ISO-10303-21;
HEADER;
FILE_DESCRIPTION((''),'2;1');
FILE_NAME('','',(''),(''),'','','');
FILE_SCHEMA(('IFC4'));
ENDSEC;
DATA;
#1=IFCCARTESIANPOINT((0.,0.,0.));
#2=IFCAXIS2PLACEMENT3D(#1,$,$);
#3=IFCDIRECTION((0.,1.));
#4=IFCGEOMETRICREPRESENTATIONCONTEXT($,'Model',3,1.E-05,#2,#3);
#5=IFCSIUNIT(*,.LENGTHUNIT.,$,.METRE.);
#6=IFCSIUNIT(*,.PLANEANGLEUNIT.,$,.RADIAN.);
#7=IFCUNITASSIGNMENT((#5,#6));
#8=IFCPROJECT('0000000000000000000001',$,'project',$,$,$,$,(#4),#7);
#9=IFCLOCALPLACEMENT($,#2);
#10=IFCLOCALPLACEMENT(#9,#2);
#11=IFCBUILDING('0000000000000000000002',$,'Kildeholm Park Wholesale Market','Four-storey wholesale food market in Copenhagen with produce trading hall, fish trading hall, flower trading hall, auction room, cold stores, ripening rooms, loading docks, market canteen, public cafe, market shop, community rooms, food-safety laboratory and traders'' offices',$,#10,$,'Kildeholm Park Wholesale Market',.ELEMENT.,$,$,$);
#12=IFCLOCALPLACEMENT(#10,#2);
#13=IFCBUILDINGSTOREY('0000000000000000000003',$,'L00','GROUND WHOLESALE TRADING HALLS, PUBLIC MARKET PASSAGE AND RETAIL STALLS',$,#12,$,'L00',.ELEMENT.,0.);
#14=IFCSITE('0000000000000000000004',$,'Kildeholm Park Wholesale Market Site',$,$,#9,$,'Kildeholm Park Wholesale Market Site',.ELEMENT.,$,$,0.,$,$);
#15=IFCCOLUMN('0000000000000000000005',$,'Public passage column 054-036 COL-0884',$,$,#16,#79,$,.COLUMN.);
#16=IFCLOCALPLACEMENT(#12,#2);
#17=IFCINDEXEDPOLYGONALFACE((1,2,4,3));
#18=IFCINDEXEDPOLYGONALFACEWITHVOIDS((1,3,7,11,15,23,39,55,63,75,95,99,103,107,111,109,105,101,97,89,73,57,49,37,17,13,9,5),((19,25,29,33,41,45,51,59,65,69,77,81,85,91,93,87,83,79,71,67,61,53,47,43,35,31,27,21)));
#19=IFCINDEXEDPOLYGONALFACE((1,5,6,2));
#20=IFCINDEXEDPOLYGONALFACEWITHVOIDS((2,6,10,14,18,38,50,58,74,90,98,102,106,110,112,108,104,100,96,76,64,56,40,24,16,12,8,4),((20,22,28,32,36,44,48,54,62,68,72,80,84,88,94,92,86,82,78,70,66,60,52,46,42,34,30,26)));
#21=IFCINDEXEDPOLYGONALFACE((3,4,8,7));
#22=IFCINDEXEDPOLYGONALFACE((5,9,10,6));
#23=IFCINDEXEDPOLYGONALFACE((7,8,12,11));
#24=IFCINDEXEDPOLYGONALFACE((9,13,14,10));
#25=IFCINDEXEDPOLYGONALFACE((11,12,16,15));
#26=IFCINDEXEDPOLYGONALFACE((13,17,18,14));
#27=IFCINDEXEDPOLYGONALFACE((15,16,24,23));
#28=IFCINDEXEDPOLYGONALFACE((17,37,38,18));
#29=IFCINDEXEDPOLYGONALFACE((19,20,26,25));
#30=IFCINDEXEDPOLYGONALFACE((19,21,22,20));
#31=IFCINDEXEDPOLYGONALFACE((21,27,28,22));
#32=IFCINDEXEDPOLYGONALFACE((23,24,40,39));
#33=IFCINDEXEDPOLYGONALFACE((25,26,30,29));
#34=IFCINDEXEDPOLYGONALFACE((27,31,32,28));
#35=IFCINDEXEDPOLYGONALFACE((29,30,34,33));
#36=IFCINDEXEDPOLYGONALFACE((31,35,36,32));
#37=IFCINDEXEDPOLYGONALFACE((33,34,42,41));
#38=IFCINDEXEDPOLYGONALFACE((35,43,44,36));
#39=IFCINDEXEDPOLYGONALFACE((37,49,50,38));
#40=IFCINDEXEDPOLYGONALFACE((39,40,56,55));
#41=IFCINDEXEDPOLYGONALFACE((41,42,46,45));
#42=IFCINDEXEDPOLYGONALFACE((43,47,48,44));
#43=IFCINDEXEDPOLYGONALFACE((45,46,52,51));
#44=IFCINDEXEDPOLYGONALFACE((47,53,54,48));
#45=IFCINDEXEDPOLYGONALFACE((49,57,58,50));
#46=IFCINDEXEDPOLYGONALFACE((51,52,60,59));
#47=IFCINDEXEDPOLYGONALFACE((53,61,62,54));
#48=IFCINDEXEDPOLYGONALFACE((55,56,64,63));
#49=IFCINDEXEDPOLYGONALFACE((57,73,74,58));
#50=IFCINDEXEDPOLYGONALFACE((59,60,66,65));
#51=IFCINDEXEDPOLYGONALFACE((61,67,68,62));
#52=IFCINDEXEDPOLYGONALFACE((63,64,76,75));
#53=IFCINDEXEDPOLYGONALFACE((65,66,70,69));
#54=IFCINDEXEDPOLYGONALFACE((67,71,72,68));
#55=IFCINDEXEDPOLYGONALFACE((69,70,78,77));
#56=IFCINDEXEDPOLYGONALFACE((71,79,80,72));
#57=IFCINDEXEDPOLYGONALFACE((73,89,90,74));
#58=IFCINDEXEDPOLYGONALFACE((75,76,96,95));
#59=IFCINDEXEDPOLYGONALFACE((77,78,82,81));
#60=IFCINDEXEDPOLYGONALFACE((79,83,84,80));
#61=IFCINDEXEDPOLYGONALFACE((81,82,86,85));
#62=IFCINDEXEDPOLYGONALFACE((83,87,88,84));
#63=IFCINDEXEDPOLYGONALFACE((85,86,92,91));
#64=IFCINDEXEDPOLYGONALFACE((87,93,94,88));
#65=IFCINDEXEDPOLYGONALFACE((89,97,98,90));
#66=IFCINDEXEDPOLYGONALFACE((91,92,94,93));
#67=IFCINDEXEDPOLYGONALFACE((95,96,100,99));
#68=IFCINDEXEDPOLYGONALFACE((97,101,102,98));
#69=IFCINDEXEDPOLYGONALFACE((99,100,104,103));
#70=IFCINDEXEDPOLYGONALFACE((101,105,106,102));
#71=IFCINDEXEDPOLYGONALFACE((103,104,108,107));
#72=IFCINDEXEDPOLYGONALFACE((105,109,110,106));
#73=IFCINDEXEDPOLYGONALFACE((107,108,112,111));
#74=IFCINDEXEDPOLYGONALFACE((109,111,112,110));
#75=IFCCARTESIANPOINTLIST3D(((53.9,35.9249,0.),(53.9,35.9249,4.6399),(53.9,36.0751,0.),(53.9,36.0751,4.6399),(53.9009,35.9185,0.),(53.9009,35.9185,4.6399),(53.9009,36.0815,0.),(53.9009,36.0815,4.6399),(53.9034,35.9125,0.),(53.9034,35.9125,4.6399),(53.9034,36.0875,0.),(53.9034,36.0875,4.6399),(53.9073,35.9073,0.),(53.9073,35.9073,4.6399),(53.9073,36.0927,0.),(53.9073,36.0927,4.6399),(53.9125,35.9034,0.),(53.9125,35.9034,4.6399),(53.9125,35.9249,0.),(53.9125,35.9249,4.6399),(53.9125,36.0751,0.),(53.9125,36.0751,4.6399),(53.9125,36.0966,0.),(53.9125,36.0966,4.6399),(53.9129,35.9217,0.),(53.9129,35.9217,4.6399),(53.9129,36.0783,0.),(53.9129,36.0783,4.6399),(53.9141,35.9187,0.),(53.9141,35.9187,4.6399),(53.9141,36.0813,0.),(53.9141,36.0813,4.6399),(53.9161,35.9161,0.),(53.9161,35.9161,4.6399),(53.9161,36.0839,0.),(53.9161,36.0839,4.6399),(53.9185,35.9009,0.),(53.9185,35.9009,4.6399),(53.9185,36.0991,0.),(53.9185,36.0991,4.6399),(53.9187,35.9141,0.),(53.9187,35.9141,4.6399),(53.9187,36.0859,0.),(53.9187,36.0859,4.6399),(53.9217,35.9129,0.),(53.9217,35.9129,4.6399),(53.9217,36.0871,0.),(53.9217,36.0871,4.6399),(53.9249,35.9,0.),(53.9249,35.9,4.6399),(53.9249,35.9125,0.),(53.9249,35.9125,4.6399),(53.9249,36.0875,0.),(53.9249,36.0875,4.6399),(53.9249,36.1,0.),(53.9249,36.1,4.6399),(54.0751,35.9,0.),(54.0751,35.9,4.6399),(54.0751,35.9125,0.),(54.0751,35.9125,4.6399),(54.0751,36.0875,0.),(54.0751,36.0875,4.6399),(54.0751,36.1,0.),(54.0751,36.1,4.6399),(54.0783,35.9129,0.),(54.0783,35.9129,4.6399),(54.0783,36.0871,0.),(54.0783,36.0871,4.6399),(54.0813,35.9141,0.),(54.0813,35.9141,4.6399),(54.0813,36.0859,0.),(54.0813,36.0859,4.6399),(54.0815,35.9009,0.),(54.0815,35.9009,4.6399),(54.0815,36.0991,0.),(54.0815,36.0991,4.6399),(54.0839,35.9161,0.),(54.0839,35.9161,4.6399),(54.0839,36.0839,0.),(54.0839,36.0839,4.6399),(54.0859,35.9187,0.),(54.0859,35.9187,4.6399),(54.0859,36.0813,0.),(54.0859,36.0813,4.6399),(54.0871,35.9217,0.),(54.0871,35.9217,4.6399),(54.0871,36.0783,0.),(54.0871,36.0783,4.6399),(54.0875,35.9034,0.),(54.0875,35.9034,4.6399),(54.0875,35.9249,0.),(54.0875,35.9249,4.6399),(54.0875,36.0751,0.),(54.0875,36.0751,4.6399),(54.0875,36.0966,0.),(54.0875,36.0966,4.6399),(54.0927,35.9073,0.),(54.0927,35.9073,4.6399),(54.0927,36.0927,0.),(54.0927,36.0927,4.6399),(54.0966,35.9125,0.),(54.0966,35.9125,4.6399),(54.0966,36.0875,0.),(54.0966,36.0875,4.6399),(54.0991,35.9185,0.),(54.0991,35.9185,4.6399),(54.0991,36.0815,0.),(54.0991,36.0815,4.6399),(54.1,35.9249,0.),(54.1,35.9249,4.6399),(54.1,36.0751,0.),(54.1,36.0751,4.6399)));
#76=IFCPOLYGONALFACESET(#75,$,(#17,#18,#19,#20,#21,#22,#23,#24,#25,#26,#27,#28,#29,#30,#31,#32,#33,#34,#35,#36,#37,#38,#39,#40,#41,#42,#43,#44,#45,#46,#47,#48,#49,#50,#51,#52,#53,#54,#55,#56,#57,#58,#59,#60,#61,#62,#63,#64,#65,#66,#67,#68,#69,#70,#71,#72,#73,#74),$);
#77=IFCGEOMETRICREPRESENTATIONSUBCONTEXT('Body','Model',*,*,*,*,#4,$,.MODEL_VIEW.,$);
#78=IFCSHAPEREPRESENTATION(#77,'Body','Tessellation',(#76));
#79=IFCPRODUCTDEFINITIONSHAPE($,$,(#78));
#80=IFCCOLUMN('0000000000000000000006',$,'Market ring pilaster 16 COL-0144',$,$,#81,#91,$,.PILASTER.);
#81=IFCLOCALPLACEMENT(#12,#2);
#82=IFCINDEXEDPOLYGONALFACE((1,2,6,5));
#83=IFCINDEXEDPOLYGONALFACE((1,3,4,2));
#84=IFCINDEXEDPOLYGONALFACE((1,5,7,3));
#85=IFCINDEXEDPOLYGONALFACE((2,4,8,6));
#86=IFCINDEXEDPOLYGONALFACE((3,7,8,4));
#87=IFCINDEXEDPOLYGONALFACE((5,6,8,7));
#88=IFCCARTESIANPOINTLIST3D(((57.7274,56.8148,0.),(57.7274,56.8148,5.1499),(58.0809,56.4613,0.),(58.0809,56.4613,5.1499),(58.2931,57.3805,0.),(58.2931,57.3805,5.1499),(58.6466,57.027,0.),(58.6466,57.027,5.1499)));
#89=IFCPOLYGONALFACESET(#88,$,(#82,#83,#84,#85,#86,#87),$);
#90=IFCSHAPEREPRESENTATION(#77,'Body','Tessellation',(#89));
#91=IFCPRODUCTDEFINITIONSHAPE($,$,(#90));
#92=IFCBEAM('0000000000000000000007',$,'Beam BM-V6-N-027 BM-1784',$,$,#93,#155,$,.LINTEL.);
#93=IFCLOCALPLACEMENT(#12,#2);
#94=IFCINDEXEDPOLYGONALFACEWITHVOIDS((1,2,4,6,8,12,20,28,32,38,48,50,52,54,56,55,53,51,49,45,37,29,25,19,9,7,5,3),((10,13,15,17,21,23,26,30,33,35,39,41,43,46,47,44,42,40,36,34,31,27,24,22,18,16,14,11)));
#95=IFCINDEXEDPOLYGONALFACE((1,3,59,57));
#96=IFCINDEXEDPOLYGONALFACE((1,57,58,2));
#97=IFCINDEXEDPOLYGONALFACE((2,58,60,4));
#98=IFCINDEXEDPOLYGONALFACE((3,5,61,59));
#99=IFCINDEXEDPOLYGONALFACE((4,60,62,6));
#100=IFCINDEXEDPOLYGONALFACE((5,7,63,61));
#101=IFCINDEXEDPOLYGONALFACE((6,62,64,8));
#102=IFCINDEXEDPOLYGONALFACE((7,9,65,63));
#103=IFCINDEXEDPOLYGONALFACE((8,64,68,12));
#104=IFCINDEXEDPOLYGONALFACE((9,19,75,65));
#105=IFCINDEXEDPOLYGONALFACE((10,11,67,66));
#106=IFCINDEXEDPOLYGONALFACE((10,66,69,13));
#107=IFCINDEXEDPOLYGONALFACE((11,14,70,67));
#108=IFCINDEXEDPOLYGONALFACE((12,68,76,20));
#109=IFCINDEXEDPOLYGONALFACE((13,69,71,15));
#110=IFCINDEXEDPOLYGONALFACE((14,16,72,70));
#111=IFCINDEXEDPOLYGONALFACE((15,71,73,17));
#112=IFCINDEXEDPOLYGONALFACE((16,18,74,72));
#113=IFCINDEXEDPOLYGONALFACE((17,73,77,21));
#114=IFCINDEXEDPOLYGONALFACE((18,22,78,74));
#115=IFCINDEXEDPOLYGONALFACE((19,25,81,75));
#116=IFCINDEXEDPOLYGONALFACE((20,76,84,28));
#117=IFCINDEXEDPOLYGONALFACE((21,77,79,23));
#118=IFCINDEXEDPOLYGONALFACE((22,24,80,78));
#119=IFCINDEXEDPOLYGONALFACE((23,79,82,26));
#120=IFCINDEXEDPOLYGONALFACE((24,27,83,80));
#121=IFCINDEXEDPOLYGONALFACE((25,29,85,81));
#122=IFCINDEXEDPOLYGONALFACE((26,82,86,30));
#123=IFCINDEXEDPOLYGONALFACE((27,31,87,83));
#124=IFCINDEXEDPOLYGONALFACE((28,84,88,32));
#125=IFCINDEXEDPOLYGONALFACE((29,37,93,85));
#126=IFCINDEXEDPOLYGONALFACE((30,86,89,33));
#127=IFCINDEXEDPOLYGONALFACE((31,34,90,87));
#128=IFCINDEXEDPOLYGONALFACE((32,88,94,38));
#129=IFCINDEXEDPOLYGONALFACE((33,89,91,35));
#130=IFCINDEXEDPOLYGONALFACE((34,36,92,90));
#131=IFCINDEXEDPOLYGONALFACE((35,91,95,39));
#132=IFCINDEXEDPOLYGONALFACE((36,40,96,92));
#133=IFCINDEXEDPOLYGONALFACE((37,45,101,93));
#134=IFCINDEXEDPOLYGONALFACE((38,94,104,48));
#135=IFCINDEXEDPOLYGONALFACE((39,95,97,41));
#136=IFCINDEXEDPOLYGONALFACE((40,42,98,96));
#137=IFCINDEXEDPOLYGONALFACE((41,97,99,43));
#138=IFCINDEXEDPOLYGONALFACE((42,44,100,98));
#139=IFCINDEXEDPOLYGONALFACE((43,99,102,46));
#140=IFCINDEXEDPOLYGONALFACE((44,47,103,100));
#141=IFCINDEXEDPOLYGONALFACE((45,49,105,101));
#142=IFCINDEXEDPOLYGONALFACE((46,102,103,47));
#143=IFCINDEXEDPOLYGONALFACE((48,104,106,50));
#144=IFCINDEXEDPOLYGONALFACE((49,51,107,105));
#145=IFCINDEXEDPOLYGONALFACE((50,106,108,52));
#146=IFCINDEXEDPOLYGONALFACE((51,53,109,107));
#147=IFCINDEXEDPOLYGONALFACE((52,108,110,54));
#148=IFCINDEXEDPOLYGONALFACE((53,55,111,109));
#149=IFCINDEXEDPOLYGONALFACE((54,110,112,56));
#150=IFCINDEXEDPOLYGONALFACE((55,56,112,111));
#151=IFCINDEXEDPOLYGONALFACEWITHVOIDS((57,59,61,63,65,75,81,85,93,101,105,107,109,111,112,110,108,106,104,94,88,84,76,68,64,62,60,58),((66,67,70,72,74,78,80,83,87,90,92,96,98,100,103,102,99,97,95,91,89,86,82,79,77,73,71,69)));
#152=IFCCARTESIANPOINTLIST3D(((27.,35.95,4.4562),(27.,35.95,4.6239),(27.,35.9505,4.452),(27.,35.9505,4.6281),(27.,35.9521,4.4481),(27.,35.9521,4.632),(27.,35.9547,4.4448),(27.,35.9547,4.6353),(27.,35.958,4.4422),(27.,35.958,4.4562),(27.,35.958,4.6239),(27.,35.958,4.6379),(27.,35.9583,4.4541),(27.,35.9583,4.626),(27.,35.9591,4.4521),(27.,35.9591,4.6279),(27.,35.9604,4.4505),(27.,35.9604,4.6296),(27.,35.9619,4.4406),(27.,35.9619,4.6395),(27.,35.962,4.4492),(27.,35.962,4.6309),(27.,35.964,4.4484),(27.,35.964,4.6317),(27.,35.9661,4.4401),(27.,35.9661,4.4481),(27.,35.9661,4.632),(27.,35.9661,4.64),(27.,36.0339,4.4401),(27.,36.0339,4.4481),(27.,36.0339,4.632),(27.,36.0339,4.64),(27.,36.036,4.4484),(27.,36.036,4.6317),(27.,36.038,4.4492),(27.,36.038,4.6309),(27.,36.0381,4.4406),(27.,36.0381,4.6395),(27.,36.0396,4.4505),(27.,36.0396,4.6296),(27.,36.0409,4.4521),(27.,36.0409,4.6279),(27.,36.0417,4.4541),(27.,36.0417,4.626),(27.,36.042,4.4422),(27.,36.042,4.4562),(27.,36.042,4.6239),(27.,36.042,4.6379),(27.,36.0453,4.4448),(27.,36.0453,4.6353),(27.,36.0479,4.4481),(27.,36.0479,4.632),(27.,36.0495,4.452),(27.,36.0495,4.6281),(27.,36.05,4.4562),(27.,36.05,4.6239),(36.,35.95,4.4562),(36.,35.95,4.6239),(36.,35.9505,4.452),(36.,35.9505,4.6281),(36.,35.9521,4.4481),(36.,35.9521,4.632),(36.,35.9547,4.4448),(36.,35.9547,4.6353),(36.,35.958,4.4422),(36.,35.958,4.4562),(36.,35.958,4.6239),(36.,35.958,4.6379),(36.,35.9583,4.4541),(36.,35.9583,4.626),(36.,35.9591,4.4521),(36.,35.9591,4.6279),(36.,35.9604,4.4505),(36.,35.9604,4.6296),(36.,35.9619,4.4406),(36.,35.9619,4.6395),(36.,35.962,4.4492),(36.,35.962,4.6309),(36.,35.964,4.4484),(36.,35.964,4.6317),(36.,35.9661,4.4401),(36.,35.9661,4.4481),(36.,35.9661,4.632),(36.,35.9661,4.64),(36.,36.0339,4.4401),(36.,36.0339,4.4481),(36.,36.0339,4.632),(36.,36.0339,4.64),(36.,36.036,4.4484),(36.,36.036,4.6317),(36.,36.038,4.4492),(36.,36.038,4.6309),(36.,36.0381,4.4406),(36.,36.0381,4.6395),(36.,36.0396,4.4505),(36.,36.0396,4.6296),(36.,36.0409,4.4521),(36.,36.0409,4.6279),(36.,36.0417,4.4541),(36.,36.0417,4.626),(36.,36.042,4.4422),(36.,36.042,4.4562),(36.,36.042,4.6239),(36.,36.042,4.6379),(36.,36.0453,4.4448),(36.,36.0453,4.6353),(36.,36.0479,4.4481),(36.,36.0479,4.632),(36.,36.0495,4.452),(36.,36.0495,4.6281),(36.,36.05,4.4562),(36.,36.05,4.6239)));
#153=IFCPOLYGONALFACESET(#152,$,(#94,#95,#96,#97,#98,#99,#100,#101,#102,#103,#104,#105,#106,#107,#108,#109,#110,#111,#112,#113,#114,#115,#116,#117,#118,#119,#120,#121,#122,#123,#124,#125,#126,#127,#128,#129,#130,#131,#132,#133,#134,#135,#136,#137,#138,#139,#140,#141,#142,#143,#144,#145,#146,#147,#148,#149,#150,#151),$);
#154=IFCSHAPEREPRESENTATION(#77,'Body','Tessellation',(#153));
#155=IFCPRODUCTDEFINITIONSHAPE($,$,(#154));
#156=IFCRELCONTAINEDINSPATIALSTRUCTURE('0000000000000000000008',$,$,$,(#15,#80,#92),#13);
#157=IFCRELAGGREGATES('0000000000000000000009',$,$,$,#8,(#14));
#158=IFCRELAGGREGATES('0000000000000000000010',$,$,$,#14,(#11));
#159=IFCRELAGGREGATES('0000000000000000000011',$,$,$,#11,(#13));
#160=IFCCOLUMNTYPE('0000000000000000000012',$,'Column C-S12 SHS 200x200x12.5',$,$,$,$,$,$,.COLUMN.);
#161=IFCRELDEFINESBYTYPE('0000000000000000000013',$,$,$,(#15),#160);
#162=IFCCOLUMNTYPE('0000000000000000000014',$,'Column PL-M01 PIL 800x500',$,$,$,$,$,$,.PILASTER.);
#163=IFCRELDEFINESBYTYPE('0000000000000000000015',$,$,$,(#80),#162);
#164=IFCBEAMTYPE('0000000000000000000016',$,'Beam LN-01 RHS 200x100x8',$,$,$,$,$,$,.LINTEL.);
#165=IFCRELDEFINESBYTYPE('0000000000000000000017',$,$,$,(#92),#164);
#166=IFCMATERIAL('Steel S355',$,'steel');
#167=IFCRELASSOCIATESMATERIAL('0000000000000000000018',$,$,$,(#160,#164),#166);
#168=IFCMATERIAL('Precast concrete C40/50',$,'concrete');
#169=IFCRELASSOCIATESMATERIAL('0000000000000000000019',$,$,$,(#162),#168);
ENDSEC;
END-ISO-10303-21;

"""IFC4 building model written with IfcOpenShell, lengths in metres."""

from ifc_helpers import new_model, si_unit, direction, frame, origin, origin_2d, place, context, subcontext, project, spatial, rectangle, hollow_rectangle, extrude, material, material_profile, profile_set, type_object, element, save


model = new_model("IFC4")

# Units and contexts
model_context = context("Model", 3, precision=1e-05, world=origin(), true_north=direction((0.0, 1.0)))
body_context = subcontext(model_context, "Body", "Model", "MODEL_VIEW")
ifc_project = project(units=[si_unit("LENGTHUNIT", "METRE"), si_unit("PLANEANGLEUNIT", "RADIAN")], contexts=[model_context])

# Site, building, storey
site_placement = place(None, origin())
site = spatial("IfcSite", under=ifc_project, at=site_placement, Name="Kildeholm Park Wholesale Market Site", LongName="Kildeholm Park Wholesale Market Site", CompositionType="ELEMENT", RefElevation=0.0)
building_placement = place(site_placement, origin())
building = spatial("IfcBuilding", under=site, at=building_placement, Name="Kildeholm Park Wholesale Market", Description="Four-storey wholesale food market in Copenhagen with produce trading hall, fish trading hall, flower trading hall, auction room, cold stores, ripening rooms, loading docks, market canteen, public cafe, market shop, community rooms, food-safety laboratory and traders' offices", LongName="Kildeholm Park Wholesale Market", CompositionType="ELEMENT")
storey_placement = place(building_placement, origin())
storey = spatial("IfcBuildingStorey", under=building, at=storey_placement, Name="L00", Description="GROUND WHOLESALE TRADING HALLS, PUBLIC MARKET PASSAGE AND RETAIL STALLS", LongName="L00", CompositionType="ELEMENT", Elevation=0.0)

# Columns
ifc_material_1 = material(Name="Steel S355", Category="steel")
ifc_material_profile_1 = material_profile(ifc_material_1, hollow_rectangle(XDim=0.2, YDim=0.2, WallThickness=0.0125, InnerFilletRadius=0.0125, OuterFilletRadius=0.0249, at=origin_2d()), Name="SHS 200x200x12.5")
ifc_profile_set_1 = profile_set([ifc_material_profile_1], Name="Steel S355")
column_type_1 = type_object("IfcColumnType", Name="Column C-S12 SHS 200x200x12.5", PredefinedType="COLUMN", material=ifc_profile_set_1)
for number, where, z_axis, x_axis, name in (
    (1, (54.0, 36.0, 0.0), (0.0, 0.0, 1.0), (1.0, 0.0, 0.0), "Public passage column 054-036 COL-0884"),
):
    element("IfcColumn", number, at=place(storey_placement, frame(where, z_axis=z_axis, x_axis=x_axis)), inside=storey, type_object=column_type_1, Name=name, PredefinedType="COLUMN", context=body_context, shape_type="SweptSolid", body=[
        extrude(hollow_rectangle(XDim=0.2, YDim=0.2, WallThickness=0.0125, InnerFilletRadius=0.0125, OuterFilletRadius=0.0249, at=origin_2d()), origin(), (0.0, 0.0, 1.0), 4.6399),
    ])
ifc_material_2 = material(Name="Precast concrete C40/50", Category="concrete")
ifc_material_profile_2 = material_profile(ifc_material_2, rectangle(XDim=0.8, YDim=0.5, at=origin_2d()), Name="PIL 800x500")
ifc_profile_set_2 = profile_set([ifc_material_profile_2], Name="Precast concrete C40/50")
column_type_2 = type_object("IfcColumnType", Name="Column PL-M01 PIL 800x500", PredefinedType="PILASTER", material=ifc_profile_set_2)
column_1_placement = place(storey_placement, frame((58.187, 56.9209, 0.0), z_axis=(0.0, 0.0, 1.0), x_axis=(-0.707107, -0.707107, 0.0)))
element("IfcColumn", 2, at=column_1_placement, inside=storey, type_object=column_type_2, Name="Market ring pilaster 16 COL-0144", PredefinedType="PILASTER", context=body_context, shape_type="SweptSolid", body=[
    extrude(rectangle(XDim=0.8, YDim=0.5, at=origin_2d()), origin(), (0.0, 0.0, 1.0), 5.1499),
])

# Beam
ifc_material_profile_3 = material_profile(ifc_material_1, hollow_rectangle(XDim=0.1001, YDim=0.2, WallThickness=0.0081, InnerFilletRadius=0.0081, OuterFilletRadius=0.0161, at=origin_2d()), Name="RHS 200x100x8")
ifc_profile_set_3 = profile_set([ifc_material_profile_3], Name="Steel S355")
beam_type = type_object("IfcBeamType", Name="Beam LN-01 RHS 200x100x8", PredefinedType="LINTEL", material=ifc_profile_set_3)
for number, where, z_axis, x_axis, name in (
    (3, (27.0, 36.0, 4.54), (1.0, 0.0, 0.0), (0.0, 1.0, 0.0), "Beam BM-V6-N-027 BM-1784"),
):
    element("IfcBeam", number, at=place(storey_placement, frame(where, z_axis=z_axis, x_axis=x_axis)), inside=storey, type_object=beam_type, Name=name, PredefinedType="LINTEL", context=body_context, shape_type="SweptSolid", body=[
        extrude(hollow_rectangle(XDim=0.1001, YDim=0.2, WallThickness=0.0081, InnerFilletRadius=0.0081, OuterFilletRadius=0.0161, at=origin_2d()), origin(), (0.0, 0.0, 1.0), 9.0),
    ])

save(model, "model.ifc")
